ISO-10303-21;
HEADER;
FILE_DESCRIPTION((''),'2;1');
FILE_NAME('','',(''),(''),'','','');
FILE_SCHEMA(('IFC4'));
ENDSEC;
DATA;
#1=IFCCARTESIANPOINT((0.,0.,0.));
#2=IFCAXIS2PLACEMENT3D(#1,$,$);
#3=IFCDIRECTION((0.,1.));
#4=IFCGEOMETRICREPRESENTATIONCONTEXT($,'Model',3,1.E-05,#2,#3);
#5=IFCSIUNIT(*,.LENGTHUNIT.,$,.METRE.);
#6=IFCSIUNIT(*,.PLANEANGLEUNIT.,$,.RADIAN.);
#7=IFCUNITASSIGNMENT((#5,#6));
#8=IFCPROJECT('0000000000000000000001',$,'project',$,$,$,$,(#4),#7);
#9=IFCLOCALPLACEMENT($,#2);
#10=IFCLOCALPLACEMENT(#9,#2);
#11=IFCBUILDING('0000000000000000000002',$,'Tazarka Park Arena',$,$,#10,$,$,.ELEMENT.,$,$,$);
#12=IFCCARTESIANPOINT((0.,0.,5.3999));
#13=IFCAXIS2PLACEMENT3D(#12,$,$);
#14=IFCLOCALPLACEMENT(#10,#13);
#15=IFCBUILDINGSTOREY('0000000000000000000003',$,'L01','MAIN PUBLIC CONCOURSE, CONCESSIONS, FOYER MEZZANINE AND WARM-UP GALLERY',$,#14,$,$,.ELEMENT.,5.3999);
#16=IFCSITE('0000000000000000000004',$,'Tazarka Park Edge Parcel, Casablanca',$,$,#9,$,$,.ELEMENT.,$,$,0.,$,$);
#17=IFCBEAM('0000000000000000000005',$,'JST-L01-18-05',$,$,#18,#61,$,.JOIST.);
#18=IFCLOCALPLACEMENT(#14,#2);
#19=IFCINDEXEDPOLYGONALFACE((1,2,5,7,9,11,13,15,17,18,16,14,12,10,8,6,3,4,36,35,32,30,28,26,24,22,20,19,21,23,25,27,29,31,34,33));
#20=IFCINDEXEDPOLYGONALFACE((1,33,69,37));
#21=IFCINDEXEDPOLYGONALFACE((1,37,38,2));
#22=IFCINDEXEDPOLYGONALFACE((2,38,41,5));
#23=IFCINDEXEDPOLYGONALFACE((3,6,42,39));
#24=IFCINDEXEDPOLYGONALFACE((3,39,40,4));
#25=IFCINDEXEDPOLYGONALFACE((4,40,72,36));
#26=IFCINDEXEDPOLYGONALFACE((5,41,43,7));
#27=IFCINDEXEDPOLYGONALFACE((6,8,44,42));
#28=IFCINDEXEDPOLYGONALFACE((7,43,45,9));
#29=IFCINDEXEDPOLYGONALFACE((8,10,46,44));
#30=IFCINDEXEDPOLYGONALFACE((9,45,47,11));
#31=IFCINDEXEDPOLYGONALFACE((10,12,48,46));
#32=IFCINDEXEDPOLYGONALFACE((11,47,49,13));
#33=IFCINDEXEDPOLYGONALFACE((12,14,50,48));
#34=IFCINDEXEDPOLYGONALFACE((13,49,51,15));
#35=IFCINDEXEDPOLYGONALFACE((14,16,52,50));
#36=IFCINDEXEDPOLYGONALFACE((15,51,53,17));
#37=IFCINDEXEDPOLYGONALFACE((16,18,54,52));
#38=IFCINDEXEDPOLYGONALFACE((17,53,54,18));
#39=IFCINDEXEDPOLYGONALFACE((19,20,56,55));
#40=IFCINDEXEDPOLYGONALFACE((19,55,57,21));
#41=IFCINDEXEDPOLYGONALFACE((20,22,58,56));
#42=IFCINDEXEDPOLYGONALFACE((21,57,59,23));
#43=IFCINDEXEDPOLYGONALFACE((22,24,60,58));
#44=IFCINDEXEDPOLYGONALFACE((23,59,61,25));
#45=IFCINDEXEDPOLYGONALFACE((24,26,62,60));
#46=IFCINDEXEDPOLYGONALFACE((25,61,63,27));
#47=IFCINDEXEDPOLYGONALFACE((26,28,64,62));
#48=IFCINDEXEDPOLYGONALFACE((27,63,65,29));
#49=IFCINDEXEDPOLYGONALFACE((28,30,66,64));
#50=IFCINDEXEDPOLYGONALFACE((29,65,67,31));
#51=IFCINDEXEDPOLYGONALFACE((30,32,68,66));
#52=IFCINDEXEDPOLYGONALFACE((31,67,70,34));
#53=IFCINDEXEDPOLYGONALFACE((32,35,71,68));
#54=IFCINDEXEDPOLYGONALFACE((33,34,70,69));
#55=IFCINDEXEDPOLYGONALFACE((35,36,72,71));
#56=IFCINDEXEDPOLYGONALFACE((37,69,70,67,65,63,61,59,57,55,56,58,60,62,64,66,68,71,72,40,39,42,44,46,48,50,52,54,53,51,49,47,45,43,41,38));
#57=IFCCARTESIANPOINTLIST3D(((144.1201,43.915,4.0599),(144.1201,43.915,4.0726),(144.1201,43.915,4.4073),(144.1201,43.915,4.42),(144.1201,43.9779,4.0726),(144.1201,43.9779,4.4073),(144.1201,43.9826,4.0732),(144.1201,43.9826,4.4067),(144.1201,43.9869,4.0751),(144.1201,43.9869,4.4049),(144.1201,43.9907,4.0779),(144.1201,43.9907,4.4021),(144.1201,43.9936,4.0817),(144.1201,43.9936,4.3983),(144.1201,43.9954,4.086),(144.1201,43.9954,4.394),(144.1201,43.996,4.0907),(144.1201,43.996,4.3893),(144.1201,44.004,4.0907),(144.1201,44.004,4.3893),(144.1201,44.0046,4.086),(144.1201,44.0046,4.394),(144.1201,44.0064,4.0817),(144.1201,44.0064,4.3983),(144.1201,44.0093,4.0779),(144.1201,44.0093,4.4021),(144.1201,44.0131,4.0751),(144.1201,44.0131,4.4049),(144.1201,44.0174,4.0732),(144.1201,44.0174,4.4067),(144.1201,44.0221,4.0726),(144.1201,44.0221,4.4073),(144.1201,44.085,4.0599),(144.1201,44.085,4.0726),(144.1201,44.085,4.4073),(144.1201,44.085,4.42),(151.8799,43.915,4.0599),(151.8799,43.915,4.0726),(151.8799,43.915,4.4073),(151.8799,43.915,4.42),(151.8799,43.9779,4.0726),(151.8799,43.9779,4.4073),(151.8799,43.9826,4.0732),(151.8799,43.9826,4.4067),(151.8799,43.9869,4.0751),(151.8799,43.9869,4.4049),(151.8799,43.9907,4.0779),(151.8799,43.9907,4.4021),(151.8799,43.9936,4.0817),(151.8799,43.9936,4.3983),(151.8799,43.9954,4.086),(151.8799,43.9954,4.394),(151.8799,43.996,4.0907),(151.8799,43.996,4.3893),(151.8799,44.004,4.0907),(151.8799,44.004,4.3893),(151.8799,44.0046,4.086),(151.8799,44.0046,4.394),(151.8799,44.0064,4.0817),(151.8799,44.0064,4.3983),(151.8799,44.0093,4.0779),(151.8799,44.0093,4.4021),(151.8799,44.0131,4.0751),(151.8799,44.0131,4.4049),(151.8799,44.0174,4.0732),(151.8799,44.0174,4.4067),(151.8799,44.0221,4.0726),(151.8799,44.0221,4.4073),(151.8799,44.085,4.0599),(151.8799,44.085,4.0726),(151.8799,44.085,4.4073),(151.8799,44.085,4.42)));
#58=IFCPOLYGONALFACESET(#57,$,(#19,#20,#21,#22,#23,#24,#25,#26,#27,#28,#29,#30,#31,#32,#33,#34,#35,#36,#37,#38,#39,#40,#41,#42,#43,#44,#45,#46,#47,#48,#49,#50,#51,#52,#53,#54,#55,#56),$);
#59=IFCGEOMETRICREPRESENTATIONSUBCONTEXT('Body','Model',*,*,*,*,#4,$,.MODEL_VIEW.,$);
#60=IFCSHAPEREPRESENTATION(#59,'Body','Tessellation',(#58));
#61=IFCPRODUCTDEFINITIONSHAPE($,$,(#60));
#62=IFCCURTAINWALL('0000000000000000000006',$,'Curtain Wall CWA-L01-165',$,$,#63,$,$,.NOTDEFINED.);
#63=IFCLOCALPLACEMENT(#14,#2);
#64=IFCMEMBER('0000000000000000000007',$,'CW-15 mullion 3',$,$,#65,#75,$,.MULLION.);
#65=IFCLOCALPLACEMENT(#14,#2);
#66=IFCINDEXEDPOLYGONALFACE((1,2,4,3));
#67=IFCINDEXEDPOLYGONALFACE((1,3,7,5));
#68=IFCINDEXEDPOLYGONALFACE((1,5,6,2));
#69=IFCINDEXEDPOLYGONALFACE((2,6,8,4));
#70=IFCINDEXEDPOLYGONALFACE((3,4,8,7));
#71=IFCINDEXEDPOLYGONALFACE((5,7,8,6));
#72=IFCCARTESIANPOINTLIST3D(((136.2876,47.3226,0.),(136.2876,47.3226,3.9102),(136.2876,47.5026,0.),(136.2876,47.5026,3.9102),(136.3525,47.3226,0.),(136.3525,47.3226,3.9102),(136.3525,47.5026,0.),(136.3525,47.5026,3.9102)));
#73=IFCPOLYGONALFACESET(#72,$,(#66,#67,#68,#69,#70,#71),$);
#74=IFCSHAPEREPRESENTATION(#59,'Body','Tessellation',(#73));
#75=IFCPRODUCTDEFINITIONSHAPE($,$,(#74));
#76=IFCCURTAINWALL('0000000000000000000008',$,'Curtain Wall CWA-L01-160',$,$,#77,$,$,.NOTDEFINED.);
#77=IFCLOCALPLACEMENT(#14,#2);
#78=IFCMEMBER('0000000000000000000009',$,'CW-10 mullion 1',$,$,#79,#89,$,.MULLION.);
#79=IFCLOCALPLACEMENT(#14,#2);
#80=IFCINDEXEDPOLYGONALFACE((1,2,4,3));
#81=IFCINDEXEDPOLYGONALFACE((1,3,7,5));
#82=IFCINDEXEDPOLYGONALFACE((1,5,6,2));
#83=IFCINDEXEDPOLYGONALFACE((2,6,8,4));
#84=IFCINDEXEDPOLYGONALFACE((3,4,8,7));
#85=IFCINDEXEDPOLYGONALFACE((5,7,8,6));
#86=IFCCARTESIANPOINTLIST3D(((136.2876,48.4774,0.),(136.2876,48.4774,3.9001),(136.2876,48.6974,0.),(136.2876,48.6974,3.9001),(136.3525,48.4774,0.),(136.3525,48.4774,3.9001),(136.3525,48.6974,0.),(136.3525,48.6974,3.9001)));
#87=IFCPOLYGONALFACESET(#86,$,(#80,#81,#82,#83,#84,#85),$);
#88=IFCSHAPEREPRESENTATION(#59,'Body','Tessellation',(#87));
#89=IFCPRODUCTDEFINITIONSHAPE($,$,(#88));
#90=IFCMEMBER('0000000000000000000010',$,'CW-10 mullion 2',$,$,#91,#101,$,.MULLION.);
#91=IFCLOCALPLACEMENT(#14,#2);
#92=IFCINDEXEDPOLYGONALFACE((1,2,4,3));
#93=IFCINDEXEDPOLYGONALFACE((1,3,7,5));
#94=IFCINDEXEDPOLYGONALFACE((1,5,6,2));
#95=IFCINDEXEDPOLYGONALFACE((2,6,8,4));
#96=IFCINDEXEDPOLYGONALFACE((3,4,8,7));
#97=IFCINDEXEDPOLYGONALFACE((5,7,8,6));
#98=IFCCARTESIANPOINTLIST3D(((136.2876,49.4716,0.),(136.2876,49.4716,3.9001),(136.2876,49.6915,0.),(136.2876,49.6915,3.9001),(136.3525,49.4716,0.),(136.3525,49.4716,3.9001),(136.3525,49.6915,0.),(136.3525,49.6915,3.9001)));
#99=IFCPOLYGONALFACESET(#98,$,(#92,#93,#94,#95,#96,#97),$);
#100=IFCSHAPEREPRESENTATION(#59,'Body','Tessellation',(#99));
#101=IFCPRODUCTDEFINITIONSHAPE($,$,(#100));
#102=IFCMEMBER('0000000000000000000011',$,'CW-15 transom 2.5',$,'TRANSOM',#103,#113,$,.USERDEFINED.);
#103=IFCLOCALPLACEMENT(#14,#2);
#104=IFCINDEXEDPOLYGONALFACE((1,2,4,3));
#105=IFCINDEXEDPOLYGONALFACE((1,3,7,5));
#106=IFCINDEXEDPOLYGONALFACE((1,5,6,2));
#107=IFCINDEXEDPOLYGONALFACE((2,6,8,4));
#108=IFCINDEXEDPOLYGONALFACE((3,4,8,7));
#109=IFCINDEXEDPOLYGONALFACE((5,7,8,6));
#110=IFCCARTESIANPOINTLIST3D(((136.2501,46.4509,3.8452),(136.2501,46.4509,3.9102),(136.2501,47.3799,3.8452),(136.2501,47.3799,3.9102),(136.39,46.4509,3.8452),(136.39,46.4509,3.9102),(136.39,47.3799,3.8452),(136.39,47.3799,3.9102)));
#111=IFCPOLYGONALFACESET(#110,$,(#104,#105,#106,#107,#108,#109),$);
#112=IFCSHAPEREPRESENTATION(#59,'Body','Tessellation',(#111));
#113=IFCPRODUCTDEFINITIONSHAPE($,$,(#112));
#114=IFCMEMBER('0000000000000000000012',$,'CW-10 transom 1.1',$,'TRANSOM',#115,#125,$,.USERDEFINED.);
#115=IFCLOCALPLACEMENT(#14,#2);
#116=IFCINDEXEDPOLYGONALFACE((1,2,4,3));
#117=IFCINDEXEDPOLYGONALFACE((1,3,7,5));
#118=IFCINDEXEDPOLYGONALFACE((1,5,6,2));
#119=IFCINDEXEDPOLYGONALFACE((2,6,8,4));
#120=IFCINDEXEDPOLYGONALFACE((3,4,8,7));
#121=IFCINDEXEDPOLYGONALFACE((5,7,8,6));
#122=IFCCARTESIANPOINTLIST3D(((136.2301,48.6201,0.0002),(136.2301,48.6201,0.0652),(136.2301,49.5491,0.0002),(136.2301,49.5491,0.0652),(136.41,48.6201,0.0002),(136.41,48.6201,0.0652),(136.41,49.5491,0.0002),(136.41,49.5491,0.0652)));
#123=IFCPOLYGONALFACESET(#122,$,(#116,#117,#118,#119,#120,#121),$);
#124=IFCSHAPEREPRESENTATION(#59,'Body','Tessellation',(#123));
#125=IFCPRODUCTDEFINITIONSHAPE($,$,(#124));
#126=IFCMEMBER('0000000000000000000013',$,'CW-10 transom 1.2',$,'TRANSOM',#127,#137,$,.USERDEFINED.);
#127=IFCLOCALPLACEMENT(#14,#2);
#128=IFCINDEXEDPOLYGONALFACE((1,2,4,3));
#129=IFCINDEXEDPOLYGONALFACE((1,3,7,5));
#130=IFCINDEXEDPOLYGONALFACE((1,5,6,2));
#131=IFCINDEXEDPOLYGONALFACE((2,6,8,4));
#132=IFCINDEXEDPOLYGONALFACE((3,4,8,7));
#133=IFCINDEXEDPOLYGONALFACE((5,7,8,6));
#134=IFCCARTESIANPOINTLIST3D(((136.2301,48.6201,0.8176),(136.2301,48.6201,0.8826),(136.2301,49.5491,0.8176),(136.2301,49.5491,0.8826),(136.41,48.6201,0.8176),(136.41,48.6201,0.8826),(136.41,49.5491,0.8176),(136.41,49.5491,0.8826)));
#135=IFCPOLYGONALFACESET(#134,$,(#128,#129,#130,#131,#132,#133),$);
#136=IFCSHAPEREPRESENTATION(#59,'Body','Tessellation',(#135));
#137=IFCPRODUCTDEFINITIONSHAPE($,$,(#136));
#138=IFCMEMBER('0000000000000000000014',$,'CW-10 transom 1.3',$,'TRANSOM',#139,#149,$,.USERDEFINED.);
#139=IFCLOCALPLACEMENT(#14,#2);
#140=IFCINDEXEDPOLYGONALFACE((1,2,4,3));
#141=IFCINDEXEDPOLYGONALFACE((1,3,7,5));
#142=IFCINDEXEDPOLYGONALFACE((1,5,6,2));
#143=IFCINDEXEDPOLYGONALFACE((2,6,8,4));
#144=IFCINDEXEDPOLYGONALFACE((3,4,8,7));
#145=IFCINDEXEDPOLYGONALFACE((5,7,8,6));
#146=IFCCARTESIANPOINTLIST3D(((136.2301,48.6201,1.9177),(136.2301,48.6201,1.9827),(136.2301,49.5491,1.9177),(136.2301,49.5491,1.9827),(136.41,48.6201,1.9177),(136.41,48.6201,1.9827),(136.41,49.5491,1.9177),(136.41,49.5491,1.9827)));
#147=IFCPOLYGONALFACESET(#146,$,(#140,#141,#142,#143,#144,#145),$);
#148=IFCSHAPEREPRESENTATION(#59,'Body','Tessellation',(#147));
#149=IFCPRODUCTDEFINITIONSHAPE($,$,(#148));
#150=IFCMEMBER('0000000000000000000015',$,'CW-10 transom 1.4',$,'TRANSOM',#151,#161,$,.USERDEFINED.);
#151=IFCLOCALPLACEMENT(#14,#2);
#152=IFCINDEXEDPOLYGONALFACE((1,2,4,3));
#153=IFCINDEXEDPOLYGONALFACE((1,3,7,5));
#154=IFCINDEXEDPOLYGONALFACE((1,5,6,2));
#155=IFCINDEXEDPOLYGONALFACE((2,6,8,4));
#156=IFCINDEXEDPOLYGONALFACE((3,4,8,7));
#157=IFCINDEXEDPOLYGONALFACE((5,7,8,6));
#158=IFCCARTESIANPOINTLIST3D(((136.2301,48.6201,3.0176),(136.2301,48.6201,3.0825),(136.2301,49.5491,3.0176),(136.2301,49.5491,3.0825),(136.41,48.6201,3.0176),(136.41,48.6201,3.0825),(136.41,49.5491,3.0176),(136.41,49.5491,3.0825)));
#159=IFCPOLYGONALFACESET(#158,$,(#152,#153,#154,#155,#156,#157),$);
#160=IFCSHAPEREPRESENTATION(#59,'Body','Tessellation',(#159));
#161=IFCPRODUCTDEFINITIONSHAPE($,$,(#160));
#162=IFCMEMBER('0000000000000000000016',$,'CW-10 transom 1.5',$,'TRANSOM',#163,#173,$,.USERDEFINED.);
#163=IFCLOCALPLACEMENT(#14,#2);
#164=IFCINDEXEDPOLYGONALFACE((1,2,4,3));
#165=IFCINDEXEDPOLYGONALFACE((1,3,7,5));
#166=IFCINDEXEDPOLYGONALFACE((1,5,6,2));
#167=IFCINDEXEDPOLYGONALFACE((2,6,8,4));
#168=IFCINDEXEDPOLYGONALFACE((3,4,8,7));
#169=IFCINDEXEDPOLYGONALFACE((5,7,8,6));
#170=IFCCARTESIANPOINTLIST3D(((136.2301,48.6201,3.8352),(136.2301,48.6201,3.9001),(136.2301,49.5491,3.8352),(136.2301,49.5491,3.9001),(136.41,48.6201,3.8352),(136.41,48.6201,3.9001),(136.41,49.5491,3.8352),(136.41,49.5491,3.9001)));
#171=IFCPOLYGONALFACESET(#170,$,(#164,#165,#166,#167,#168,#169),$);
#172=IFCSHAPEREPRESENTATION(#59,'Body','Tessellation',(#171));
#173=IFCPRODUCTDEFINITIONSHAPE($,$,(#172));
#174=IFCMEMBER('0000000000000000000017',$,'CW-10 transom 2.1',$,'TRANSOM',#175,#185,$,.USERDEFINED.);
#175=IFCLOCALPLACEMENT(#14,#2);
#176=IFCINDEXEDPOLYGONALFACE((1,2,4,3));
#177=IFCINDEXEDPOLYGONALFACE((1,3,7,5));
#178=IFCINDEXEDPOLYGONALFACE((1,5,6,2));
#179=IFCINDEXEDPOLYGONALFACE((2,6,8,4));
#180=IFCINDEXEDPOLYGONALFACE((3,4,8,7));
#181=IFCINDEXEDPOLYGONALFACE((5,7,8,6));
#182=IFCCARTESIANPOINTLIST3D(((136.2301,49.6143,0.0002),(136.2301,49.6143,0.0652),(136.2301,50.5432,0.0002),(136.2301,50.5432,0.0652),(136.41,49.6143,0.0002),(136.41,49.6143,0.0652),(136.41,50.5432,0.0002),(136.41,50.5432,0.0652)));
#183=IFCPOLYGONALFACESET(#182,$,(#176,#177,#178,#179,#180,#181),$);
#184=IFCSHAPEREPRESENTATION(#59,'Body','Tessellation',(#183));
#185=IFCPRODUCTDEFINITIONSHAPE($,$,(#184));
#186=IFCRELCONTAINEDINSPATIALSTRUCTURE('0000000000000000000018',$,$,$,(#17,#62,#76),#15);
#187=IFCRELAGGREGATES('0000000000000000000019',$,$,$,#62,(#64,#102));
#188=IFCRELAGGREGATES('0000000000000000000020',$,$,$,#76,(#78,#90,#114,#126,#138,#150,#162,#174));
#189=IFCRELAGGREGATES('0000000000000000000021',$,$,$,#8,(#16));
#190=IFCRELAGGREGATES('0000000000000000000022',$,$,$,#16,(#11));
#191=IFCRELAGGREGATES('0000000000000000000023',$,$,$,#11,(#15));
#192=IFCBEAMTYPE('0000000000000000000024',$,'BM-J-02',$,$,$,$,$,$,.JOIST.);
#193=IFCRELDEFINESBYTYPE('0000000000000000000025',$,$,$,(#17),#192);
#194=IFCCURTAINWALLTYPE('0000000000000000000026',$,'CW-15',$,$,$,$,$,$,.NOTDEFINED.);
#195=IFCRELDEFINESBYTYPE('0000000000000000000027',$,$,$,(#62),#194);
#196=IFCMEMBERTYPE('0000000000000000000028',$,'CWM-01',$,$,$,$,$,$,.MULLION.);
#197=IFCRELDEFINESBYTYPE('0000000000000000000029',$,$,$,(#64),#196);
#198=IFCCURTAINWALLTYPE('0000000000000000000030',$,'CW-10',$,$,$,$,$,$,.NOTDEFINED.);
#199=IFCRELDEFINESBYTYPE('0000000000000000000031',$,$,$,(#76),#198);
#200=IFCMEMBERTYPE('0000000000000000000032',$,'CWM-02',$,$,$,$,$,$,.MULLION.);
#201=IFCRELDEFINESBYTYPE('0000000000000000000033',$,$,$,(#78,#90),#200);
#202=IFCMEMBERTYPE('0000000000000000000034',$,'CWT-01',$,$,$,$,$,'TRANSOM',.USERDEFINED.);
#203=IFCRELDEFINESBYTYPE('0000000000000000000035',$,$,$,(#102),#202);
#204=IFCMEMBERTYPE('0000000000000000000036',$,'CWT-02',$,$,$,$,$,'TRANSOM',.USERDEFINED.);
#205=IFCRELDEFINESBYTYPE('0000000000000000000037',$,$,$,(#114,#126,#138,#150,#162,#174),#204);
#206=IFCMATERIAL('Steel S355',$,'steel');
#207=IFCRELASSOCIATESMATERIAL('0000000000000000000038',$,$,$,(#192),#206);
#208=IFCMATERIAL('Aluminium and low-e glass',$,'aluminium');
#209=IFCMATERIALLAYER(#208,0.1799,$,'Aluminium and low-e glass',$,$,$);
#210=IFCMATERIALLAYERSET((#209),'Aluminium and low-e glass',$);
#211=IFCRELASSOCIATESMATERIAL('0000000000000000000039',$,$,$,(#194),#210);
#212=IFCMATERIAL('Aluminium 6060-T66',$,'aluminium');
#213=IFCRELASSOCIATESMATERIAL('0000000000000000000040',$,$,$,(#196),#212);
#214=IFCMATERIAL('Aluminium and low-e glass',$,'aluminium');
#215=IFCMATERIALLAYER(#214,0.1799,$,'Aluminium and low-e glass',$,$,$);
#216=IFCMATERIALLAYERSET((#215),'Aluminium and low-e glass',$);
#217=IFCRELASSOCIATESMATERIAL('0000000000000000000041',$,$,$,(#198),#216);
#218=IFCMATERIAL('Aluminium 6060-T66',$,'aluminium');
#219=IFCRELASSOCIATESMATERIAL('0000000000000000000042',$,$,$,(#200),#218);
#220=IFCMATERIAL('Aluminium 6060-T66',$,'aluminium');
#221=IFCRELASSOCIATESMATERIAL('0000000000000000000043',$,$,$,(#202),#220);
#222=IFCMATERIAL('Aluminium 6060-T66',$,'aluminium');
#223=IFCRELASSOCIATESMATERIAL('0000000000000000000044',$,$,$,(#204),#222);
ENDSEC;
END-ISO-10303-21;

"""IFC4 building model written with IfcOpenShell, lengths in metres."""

from ifc_helpers import new_model, si_unit, direction, frame, origin, origin_2d, place, context, subcontext, project, spatial, rectangle, i_section, extrude, material, layer, layer_set, material_profile, profile_set, type_object, element, aggregate, save


model = new_model("IFC4")

# Units and contexts
model_context = context("Model", 3, precision=1e-05, world=origin(), true_north=direction((0.0, 1.0)))
body_context = subcontext(model_context, "Body", "Model", "MODEL_VIEW")
ifc_project = project(units=[si_unit("LENGTHUNIT", "METRE"), si_unit("PLANEANGLEUNIT", "RADIAN")], contexts=[model_context])

# Site, building, storey
site_placement = place(None, origin())
site = spatial("IfcSite", under=ifc_project, at=site_placement, Name="Tazarka Park Edge Parcel, Casablanca", CompositionType="ELEMENT", RefElevation=0.0)
building_placement = place(site_placement, origin())
building = spatial("IfcBuilding", under=site, at=building_placement, Name="Tazarka Park Arena", CompositionType="ELEMENT")
storey_placement = place(building_placement, frame((0.0, 0.0, 5.3999)))
storey = spatial("IfcBuildingStorey", under=building, at=storey_placement, Name="L01", Description="MAIN PUBLIC CONCOURSE, CONCESSIONS, FOYER MEZZANINE AND WARM-UP GALLERY", CompositionType="ELEMENT", Elevation=5.3999)

# Beam
ifc_material_1 = material(Name="Steel S355", Category="steel")
ifc_material_profile_1 = material_profile(ifc_material_1, i_section(OverallWidth=0.1699, OverallDepth=0.3601, WebThickness=0.0081, FlangeThickness=0.0127, FilletRadius=0.0181, at=origin_2d()), Name="Steel S355")
ifc_profile_set_1 = profile_set([ifc_material_profile_1], Name="Steel S355")
beam_type_1 = type_object("IfcBeamType", Name="BM-J-02", PredefinedType="JOIST", material=ifc_profile_set_1)
beam_1_placement = place(storey_placement, frame((144.1201, 44.0, 4.24), z_axis=(1.0, 0.0, 0.0), x_axis=(0.0, 1.0, 0.0)))
element("IfcBeam", 1, at=beam_1_placement, inside=storey, type_object=beam_type_1, Name="JST-L01-18-05", PredefinedType="JOIST", context=body_context, shape_type="SweptSolid", body=[
    extrude(i_section(OverallWidth=0.1699, OverallDepth=0.3601, WebThickness=0.0081, FlangeThickness=0.0127, FilletRadius=0.0181, at=origin_2d()), origin(), (0.0, 0.0, 1.0), 7.7598),
])

# Curtain wall, member
ifc_material_2 = material(Name="Aluminium and low-e glass", Category="aluminium")
ifc_layer_1 = layer(ifc_material_2, 0.1799, Name="Aluminium and low-e glass")
ifc_layer_set_1 = layer_set([ifc_layer_1], Name="Aluminium and low-e glass")
curtain_wall_type_1 = type_object("IfcCurtainWallType", Name="CW-15", PredefinedType="NOTDEFINED", material=ifc_layer_set_1)
curtain_wall_1_placement = place(storey_placement, origin())
curtain_wall_1 = element("IfcCurtainWall", 2, at=curtain_wall_1_placement, inside=storey, type_object=curtain_wall_type_1, Name="Curtain Wall CWA-L01-165", PredefinedType="NOTDEFINED")
ifc_material_3 = material(Name="Aluminium 6060-T66", Category="aluminium")
ifc_material_profile_2 = material_profile(ifc_material_3, rectangle(XDim=0.0649, YDim=0.1799, at=origin_2d()), Name="Aluminium 6060-T66")
ifc_profile_set_2 = profile_set([ifc_material_profile_2], Name="Aluminium 6060-T66")
member_type_1 = type_object("IfcMemberType", Name="CWM-01", PredefinedType="MULLION", material=ifc_profile_set_2)
member_1_placement = place(storey_placement, frame((136.3201, 47.4126, 0.0), z_axis=(0.0, 0.0, 1.0), x_axis=(-1.0, 0.0, 0.0)))
member_1 = element("IfcMember", 3, at=member_1_placement, type_object=member_type_1, Name="CW-15 mullion 3", PredefinedType="MULLION", context=body_context, shape_type="SweptSolid", body=[
    extrude(rectangle(XDim=0.0649, YDim=0.1799, at=origin_2d()), origin(), (0.0, 0.0, 1.0), 3.9102),
])

# Curtain wall, members
ifc_material_4 = material(Name="Aluminium and low-e glass", Category="aluminium")
ifc_layer_2 = layer(ifc_material_4, 0.1799, Name="Aluminium and low-e glass")
ifc_layer_set_2 = layer_set([ifc_layer_2], Name="Aluminium and low-e glass")
curtain_wall_type_2 = type_object("IfcCurtainWallType", Name="CW-10", PredefinedType="NOTDEFINED", material=ifc_layer_set_2)
curtain_wall_2_placement = place(storey_placement, origin())
curtain_wall_2 = element("IfcCurtainWall", 4, at=curtain_wall_2_placement, inside=storey, type_object=curtain_wall_type_2, Name="Curtain Wall CWA-L01-160", PredefinedType="NOTDEFINED")
ifc_material_5 = material(Name="Aluminium 6060-T66", Category="aluminium")
ifc_material_profile_3 = material_profile(ifc_material_5, rectangle(XDim=0.0649, YDim=0.22, at=origin_2d()), Name="Aluminium 6060-T66")
ifc_profile_set_3 = profile_set([ifc_material_profile_3], Name="Aluminium 6060-T66")
member_type_2 = type_object("IfcMemberType", Name="CWM-02", PredefinedType="MULLION", material=ifc_profile_set_3)
member_2_placement = place(storey_placement, frame((136.3201, 48.5874, 0.0), z_axis=(0.0, 0.0, 1.0), x_axis=(-1.0, 0.0, 0.0)))
member_2 = element("IfcMember", 5, at=member_2_placement, type_object=member_type_2, Name="CW-10 mullion 1", PredefinedType="MULLION", context=body_context, shape_type="SweptSolid", body=[
    extrude(rectangle(XDim=0.0649, YDim=0.22, at=origin_2d()), origin(), (0.0, 0.0, 1.0), 3.9001),
])
member_3_placement = place(storey_placement, frame((136.3201, 49.5815, 0.0), z_axis=(0.0, 0.0, 1.0), x_axis=(-1.0, 0.0, 0.0)))
member_3 = element("IfcMember", 6, at=member_3_placement, type_object=member_type_2, Name="CW-10 mullion 2", PredefinedType="MULLION", context=body_context, shape_type="SweptSolid", body=[
    extrude(rectangle(XDim=0.0649, YDim=0.22, at=origin_2d()), origin(), (0.0, 0.0, 1.0), 3.9001),
])

# Members
ifc_material_6 = material(Name="Aluminium 6060-T66", Category="aluminium")
ifc_material_profile_4 = material_profile(ifc_material_6, rectangle(XDim=0.1399, YDim=0.0649, at=origin_2d()), Name="Aluminium 6060-T66")
ifc_profile_set_4 = profile_set([ifc_material_profile_4], Name="Aluminium 6060-T66")
member_type_3 = type_object("IfcMemberType", Name="CWT-01", ElementType="TRANSOM", PredefinedType="USERDEFINED", material=ifc_profile_set_4)
member_4_placement = place(storey_placement, frame((136.3201, 46.4509, 3.8777), z_axis=(0.0, 1.0, 0.0), x_axis=(-1.0, 0.0, 0.0)))
member_4 = element("IfcMember", 7, at=member_4_placement, type_object=member_type_3, Name="CW-15 transom 2.5", ObjectType="TRANSOM", PredefinedType="USERDEFINED", context=body_context, shape_type="SweptSolid", body=[
    extrude(rectangle(XDim=0.1399, YDim=0.0649, at=origin_2d()), origin(), (0.0, 0.0, 1.0), 0.929),
])
ifc_material_7 = material(Name="Aluminium 6060-T66", Category="aluminium")
ifc_material_profile_5 = material_profile(ifc_material_7, rectangle(XDim=0.1799, YDim=0.0649, at=origin_2d()), Name="Aluminium 6060-T66")
ifc_profile_set_5 = profile_set([ifc_material_profile_5], Name="Aluminium 6060-T66")
member_type_4 = type_object("IfcMemberType", Name="CWT-02", ElementType="TRANSOM", PredefinedType="USERDEFINED", material=ifc_profile_set_5)
member_5_placement = place(storey_placement, frame((136.3201, 48.6201, 0.0327), z_axis=(0.0, 1.0, 0.0), x_axis=(-1.0, 0.0, 0.0)))
member_5 = element("IfcMember", 8, at=member_5_placement, type_object=member_type_4, Name="CW-10 transom 1.1", ObjectType="TRANSOM", PredefinedType="USERDEFINED", context=body_context, shape_type="SweptSolid", body=[
    extrude(rectangle(XDim=0.1799, YDim=0.0649, at=origin_2d()), origin(), (0.0, 0.0, 1.0), 0.929),
])
member_6_placement = place(storey_placement, frame((136.3201, 48.6201, 0.8501), z_axis=(0.0, 1.0, 0.0), x_axis=(-1.0, 0.0, 0.0)))
member_6 = element("IfcMember", 9, at=member_6_placement, type_object=member_type_4, Name="CW-10 transom 1.2", ObjectType="TRANSOM", PredefinedType="USERDEFINED", context=body_context, shape_type="SweptSolid", body=[
    extrude(rectangle(XDim=0.1799, YDim=0.0649, at=origin_2d()), origin(), (0.0, 0.0, 1.0), 0.929),
])
member_7_placement = place(storey_placement, frame((136.3201, 48.6201, 1.9502), z_axis=(0.0, 1.0, 0.0), x_axis=(-1.0, 0.0, 0.0)))
member_7 = element("IfcMember", 10, at=member_7_placement, type_object=member_type_4, Name="CW-10 transom 1.3", ObjectType="TRANSOM", PredefinedType="USERDEFINED", context=body_context, shape_type="SweptSolid", body=[
    extrude(rectangle(XDim=0.1799, YDim=0.0649, at=origin_2d()), origin(), (0.0, 0.0, 1.0), 0.929),
])
member_8_placement = place(storey_placement, frame((136.3201, 48.6201, 3.05), z_axis=(0.0, 1.0, 0.0), x_axis=(-1.0, 0.0, 0.0)))
member_8 = element("IfcMember", 11, at=member_8_placement, type_object=member_type_4, Name="CW-10 transom 1.4", ObjectType="TRANSOM", PredefinedType="USERDEFINED", context=body_context, shape_type="SweptSolid", body=[
    extrude(rectangle(XDim=0.1799, YDim=0.0649, at=origin_2d()), origin(), (0.0, 0.0, 1.0), 0.929),
])
member_9_placement = place(storey_placement, frame((136.3201, 48.6201, 3.8677), z_axis=(0.0, 1.0, 0.0), x_axis=(-1.0, 0.0, 0.0)))
member_9 = element("IfcMember", 12, at=member_9_placement, type_object=member_type_4, Name="CW-10 transom 1.5", ObjectType="TRANSOM", PredefinedType="USERDEFINED", context=body_context, shape_type="SweptSolid", body=[
    extrude(rectangle(XDim=0.1799, YDim=0.0649, at=origin_2d()), origin(), (0.0, 0.0, 1.0), 0.929),
])
member_10_placement = place(storey_placement, frame((136.3201, 49.6143, 0.0327), z_axis=(0.0, 1.0, 0.0), x_axis=(-1.0, 0.0, 0.0)))
member_10 = element("IfcMember", 13, at=member_10_placement, type_object=member_type_4, Name="CW-10 transom 2.1", ObjectType="TRANSOM", PredefinedType="USERDEFINED", context=body_context, shape_type="SweptSolid", body=[
    extrude(rectangle(XDim=0.1799, YDim=0.0649, at=origin_2d()), origin(), (0.0, 0.0, 1.0), 0.929),
])

aggregate(curtain_wall_1, [member_1, member_4])
aggregate(curtain_wall_2, [member_2, member_3, member_5, member_6, member_7, member_8, member_9, member_10])

save(model, "model.ifc")
